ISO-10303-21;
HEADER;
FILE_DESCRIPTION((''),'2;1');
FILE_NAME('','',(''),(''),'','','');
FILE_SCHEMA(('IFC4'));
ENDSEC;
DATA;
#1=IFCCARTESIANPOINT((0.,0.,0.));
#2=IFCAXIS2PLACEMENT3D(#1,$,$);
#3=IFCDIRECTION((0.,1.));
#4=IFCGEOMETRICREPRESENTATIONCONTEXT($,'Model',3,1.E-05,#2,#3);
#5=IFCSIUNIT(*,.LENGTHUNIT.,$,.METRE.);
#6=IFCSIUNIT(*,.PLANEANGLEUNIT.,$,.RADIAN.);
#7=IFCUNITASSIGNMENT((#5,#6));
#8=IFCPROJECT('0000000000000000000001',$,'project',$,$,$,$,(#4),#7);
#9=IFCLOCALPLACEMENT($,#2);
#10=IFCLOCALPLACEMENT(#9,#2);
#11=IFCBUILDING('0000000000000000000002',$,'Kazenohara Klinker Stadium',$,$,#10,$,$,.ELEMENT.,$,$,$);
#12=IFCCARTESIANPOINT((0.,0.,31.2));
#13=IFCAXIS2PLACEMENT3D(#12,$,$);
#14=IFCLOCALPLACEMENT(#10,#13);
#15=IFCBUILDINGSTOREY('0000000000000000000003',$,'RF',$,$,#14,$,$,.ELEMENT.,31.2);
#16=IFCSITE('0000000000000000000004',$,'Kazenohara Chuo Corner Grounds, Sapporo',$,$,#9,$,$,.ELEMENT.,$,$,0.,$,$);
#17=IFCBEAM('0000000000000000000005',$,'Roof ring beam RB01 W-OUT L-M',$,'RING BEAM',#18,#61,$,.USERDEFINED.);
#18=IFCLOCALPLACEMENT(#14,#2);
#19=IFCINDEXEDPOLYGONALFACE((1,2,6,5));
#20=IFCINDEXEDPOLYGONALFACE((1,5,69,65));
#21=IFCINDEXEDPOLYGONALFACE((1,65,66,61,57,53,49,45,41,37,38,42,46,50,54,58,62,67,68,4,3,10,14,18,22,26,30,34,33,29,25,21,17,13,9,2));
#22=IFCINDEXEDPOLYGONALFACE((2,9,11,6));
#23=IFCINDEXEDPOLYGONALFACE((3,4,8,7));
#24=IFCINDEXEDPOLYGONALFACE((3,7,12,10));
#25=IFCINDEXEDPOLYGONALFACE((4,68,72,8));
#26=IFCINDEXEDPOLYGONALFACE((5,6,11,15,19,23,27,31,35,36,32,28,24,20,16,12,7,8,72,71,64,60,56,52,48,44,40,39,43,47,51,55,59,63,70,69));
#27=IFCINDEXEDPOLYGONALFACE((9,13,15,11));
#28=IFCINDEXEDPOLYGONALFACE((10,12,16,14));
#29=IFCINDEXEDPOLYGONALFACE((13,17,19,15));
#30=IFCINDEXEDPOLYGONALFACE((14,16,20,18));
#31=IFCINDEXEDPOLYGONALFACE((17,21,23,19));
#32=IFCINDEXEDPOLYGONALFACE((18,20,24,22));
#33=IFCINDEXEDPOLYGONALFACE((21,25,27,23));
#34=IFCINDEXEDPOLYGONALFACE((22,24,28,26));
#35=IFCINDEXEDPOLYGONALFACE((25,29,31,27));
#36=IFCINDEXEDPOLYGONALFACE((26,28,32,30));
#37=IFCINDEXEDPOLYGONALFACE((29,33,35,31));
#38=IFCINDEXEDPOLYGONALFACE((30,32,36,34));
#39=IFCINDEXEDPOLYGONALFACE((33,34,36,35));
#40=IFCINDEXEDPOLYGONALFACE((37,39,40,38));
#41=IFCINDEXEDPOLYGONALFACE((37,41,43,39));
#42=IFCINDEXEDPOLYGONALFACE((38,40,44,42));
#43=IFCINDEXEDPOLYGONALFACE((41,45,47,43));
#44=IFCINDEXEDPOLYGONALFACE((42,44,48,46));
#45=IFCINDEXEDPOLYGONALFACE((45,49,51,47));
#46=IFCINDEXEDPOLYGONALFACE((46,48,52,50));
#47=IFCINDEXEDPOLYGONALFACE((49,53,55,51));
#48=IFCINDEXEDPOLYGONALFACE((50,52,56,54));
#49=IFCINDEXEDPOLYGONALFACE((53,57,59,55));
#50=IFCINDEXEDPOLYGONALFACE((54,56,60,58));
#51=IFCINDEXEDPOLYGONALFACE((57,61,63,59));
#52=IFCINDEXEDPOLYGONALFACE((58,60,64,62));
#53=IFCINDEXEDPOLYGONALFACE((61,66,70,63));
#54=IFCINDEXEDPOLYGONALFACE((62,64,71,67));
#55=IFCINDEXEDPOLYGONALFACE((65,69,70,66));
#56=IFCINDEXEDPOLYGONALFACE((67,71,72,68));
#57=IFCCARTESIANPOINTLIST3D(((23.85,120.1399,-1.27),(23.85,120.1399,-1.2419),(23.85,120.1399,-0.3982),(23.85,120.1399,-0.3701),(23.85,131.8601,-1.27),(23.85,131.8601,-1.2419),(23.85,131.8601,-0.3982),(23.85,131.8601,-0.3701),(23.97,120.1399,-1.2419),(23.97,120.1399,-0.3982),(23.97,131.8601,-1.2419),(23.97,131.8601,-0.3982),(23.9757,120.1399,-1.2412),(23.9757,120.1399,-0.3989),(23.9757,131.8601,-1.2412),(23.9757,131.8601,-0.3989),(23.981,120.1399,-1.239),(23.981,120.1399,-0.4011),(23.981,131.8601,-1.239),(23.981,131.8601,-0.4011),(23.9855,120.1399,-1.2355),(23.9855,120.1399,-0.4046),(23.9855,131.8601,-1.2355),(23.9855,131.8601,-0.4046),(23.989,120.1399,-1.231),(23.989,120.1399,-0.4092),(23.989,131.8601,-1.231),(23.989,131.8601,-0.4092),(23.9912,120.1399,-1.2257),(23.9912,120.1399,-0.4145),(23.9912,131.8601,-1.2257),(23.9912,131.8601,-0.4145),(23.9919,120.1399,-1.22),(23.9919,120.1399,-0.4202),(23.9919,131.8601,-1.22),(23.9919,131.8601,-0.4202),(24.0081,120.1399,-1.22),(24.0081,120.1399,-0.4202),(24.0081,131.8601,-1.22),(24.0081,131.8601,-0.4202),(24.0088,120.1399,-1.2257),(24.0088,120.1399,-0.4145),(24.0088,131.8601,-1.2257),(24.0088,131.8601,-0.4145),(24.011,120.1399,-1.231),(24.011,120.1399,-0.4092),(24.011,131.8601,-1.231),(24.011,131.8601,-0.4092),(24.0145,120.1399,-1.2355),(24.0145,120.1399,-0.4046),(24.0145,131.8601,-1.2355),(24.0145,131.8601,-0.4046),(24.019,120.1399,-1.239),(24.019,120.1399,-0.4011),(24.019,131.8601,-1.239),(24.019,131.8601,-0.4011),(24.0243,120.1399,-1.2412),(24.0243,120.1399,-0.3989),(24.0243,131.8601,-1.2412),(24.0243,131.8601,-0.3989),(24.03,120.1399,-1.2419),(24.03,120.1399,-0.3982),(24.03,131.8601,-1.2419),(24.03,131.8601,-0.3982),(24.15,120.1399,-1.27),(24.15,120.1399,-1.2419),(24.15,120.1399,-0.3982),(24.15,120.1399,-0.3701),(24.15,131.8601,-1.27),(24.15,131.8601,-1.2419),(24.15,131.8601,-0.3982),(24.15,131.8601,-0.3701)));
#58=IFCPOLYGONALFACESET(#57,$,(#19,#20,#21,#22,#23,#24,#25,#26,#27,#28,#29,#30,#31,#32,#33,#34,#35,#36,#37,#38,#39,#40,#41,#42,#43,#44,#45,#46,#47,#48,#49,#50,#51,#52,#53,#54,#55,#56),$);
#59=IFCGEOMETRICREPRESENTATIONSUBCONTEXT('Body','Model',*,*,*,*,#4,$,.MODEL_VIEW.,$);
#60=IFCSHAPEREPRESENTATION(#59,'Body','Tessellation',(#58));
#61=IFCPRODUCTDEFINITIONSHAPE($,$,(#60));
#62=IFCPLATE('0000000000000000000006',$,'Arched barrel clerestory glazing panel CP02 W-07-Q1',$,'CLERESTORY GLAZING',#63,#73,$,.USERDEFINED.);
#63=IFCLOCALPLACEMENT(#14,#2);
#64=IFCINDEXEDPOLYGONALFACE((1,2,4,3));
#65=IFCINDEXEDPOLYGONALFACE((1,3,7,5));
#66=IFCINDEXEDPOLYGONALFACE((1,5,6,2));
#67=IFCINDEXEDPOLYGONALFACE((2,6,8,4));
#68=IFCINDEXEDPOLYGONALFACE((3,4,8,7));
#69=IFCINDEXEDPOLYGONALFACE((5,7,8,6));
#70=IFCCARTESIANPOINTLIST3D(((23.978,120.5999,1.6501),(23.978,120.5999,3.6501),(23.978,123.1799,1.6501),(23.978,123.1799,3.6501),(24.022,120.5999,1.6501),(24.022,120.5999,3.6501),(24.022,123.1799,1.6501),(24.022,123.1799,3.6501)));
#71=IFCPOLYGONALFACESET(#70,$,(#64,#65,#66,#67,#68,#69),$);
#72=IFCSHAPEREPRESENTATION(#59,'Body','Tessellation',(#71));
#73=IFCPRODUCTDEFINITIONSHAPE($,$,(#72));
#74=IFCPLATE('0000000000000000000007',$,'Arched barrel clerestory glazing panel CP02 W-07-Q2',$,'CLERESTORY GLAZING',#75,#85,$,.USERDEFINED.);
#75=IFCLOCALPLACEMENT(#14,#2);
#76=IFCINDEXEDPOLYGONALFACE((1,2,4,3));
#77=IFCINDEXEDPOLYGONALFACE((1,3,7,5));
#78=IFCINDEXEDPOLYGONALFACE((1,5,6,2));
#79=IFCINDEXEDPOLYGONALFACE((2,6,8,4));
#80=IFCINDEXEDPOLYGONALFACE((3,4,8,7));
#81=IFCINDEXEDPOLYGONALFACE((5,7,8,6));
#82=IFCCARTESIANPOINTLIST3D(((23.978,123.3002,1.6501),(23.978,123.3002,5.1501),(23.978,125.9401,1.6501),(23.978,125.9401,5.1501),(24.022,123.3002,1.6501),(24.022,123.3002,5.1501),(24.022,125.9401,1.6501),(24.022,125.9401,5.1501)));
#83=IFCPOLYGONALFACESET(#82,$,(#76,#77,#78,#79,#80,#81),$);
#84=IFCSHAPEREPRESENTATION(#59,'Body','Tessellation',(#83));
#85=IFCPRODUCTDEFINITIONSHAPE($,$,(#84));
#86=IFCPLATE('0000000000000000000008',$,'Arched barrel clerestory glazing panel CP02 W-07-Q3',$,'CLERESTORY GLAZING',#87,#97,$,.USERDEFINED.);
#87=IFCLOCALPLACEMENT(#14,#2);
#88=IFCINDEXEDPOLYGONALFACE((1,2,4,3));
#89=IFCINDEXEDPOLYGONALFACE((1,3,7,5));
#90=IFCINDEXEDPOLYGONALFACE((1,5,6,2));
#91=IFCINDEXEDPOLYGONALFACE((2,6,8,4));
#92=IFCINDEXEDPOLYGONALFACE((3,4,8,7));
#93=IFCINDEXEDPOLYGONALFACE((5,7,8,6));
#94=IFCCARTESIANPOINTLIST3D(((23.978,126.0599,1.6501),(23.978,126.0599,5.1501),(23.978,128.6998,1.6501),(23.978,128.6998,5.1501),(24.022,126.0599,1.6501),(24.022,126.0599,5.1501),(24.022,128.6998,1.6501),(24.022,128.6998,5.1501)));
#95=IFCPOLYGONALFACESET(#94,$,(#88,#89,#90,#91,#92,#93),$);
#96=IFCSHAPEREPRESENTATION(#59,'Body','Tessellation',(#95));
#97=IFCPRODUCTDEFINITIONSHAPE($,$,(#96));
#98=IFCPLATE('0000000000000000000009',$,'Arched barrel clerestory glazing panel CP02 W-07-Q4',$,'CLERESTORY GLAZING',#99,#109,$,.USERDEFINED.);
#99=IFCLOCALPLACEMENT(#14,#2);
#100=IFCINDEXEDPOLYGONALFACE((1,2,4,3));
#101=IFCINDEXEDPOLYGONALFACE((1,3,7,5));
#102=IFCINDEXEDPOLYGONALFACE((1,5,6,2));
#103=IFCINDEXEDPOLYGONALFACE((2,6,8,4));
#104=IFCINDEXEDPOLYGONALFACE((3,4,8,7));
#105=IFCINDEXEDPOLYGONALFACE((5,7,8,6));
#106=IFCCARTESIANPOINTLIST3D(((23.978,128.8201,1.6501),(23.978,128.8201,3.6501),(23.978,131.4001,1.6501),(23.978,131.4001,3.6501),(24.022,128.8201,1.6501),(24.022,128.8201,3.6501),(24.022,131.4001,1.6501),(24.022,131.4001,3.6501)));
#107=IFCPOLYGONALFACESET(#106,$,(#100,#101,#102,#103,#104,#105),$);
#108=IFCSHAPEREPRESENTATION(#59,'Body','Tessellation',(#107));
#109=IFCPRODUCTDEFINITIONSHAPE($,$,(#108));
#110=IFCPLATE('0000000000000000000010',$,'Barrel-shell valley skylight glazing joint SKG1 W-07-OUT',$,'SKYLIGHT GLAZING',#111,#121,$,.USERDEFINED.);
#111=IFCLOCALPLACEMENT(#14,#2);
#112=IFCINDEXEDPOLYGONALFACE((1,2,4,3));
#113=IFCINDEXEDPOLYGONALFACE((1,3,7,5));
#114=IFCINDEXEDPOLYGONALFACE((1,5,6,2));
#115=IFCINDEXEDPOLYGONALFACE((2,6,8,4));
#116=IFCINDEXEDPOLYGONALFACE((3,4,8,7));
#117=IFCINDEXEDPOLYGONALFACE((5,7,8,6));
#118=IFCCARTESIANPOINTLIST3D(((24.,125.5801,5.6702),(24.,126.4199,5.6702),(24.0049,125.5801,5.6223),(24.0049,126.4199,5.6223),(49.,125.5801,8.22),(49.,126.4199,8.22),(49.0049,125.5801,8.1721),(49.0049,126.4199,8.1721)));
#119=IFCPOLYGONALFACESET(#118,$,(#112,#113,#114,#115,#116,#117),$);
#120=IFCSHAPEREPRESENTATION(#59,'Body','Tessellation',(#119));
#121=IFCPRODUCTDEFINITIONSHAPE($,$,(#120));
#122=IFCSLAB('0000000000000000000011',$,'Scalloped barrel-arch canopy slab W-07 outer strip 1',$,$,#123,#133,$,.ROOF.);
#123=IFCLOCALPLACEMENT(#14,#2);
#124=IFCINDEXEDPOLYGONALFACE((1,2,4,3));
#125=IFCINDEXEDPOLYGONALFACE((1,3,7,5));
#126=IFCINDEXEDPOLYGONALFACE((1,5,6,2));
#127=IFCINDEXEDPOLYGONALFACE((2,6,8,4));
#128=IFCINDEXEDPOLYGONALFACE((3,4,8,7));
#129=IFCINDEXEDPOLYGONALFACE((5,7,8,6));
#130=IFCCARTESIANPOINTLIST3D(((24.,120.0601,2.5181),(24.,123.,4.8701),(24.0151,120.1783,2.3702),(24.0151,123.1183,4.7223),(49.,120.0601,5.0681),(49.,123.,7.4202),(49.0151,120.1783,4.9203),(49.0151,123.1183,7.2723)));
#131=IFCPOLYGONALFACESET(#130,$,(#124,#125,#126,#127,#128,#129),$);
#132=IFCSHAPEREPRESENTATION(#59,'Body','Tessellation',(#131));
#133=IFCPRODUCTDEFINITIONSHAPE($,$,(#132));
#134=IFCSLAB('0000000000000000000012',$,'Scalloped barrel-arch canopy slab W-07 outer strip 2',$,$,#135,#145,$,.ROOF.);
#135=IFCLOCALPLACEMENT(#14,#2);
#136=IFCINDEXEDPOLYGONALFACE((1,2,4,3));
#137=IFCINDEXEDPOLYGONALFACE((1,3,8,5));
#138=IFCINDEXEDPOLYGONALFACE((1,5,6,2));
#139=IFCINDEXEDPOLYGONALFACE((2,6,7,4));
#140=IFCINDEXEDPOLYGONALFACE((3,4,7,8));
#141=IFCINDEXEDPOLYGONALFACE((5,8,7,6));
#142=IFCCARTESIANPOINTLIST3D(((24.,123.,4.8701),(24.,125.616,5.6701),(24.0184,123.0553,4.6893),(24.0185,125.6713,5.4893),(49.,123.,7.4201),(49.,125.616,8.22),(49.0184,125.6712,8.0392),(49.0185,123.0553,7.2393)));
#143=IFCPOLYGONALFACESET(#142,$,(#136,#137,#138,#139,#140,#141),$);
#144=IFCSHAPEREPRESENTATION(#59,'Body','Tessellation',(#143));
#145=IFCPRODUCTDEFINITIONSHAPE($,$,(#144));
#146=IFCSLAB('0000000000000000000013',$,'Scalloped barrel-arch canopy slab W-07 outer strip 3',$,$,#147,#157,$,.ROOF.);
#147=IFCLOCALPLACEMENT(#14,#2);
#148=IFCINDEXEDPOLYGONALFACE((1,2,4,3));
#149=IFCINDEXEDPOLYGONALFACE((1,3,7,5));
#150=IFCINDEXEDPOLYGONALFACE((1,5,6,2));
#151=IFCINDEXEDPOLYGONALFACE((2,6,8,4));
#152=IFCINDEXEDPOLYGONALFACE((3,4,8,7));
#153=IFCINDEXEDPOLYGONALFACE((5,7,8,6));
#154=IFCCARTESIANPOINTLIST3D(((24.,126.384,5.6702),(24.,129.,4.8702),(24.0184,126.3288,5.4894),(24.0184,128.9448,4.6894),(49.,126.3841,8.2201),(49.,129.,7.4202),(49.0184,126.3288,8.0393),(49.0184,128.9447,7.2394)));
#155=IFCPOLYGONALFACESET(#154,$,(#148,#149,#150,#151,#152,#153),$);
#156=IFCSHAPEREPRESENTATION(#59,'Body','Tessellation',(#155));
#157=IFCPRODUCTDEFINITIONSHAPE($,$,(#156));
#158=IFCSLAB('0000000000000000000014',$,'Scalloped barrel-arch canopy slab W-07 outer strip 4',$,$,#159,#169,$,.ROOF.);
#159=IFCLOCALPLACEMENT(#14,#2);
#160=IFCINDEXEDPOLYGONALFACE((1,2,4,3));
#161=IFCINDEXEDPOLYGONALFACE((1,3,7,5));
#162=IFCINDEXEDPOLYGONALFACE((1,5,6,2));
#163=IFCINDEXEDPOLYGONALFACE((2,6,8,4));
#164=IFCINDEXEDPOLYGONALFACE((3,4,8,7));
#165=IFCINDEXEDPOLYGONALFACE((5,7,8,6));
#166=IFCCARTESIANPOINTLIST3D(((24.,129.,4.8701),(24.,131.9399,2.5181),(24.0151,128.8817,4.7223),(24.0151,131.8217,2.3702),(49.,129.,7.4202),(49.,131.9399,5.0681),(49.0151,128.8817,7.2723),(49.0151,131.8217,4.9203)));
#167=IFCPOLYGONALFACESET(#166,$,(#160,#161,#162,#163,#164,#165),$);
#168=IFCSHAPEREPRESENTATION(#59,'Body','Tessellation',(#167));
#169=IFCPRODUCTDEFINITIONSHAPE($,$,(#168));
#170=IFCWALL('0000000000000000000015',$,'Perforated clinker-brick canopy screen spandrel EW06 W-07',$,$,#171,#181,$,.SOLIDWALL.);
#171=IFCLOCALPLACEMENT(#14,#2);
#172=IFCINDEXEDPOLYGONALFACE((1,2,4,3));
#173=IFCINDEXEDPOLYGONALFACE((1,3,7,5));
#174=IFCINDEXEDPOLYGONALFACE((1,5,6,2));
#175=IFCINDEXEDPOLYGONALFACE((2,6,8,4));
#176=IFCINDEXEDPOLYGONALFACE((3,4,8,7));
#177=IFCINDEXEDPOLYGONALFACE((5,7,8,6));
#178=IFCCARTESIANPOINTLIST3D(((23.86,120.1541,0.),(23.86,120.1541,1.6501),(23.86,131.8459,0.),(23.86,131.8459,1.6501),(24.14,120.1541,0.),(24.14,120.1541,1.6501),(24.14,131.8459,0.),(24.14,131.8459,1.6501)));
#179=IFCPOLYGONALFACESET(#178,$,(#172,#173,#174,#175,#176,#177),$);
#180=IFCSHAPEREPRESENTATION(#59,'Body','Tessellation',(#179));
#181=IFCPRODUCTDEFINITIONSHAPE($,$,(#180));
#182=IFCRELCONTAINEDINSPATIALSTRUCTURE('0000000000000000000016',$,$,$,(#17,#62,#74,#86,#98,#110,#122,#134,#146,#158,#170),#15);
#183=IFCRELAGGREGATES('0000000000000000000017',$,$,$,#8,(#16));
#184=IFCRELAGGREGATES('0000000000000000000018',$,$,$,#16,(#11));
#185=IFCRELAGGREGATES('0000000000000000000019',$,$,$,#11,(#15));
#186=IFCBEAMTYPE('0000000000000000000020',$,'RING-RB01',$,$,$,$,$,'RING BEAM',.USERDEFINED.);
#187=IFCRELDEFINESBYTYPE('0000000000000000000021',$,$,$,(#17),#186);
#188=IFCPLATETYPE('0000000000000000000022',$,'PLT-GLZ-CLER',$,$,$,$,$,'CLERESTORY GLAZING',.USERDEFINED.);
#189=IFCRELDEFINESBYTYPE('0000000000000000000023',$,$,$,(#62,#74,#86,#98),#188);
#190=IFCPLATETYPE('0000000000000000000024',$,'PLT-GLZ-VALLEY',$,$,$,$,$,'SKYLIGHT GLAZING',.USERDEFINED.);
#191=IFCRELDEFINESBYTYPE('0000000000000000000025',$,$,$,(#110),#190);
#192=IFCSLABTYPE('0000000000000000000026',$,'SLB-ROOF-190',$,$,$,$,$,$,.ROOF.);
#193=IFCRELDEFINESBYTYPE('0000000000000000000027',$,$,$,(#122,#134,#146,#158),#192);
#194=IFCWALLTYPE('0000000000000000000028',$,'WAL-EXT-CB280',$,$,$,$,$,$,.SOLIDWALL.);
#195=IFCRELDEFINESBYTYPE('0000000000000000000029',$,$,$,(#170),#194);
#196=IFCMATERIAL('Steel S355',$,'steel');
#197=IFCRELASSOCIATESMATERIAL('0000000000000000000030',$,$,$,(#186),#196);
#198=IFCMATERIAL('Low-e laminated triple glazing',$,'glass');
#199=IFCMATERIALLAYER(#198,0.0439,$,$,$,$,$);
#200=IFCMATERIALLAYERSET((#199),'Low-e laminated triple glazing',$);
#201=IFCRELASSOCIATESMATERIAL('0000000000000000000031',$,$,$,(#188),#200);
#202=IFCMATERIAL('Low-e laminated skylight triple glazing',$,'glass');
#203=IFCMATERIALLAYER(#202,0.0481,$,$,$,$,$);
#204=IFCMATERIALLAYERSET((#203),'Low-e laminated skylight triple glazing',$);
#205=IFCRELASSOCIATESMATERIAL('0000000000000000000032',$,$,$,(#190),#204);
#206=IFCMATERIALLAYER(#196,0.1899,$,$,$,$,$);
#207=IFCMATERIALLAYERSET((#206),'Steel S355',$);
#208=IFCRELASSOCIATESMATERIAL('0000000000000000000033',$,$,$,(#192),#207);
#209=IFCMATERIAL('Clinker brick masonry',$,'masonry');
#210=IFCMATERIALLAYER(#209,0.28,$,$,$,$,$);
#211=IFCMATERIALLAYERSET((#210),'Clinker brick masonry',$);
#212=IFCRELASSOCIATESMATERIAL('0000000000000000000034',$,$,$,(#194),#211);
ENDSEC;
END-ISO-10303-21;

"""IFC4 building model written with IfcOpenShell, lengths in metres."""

from ifc_helpers import new_model, si_unit, direction, frame, frame_2d, origin, origin_2d, place, context, subcontext, project, spatial, polyline, rectangle, i_section, outline, extrude, material, layer, layer_set, material_profile, profile_set, type_object, element, save


model = new_model("IFC4")

# Units and contexts
model_context = context("Model", 3, precision=1e-05, world=origin(), true_north=direction((0.0, 1.0)))
body_context = subcontext(model_context, "Body", "Model", "MODEL_VIEW")
ifc_project = project(units=[si_unit("LENGTHUNIT", "METRE"), si_unit("PLANEANGLEUNIT", "RADIAN")], contexts=[model_context])

# Site, building, storey
site_placement = place(None, origin())
site = spatial("IfcSite", under=ifc_project, at=site_placement, Name="Kazenohara Chuo Corner Grounds, Sapporo", CompositionType="ELEMENT", RefElevation=0.0)
building_placement = place(site_placement, origin())
building = spatial("IfcBuilding", under=site, at=building_placement, Name="Kazenohara Klinker Stadium", CompositionType="ELEMENT")
storey_placement = place(building_placement, frame((0.0, 0.0, 31.2)))
storey = spatial("IfcBuildingStorey", under=building, at=storey_placement, Name="RF", CompositionType="ELEMENT", Elevation=31.2)

# Shared definitions
ifc_material_1 = material(Name="Steel S355", Category="steel")

# Beam
ifc_material_profile_1 = material_profile(ifc_material_1, i_section(OverallWidth=0.3, OverallDepth=0.8999, WebThickness=0.0161, FlangeThickness=0.0281, FilletRadius=0.022, at=origin_2d()), Name="H-900x300x16x28")
ifc_profile_set_1 = profile_set([ifc_material_profile_1], Name="Steel S355")
beam_type = type_object("IfcBeamType", Name="RING-RB01", ElementType="RING BEAM", PredefinedType="USERDEFINED", material=ifc_profile_set_1)
beam_placement = place(storey_placement, frame((24.0, 120.1399, -0.8201), z_axis=(0.0, 1.0, 0.0), x_axis=(-1.0, 0.0, 0.0)))
element("IfcBeam", 1, at=beam_placement, inside=storey, type_object=beam_type, Name="Roof ring beam RB01 W-OUT L-M", ObjectType="RING BEAM", PredefinedType="USERDEFINED", context=body_context, shape_type="SweptSolid", body=[
    extrude(i_section(OverallWidth=0.3, OverallDepth=0.8999, WebThickness=0.0161, FlangeThickness=0.0281, FilletRadius=0.022, at=origin_2d()), origin(), (0.0, 0.0, 1.0), 11.7202),
])

# Plates
ifc_material_2 = material(Name="Low-e laminated triple glazing", Category="glass")
ifc_layer_1 = layer(ifc_material_2, 0.0439)
ifc_layer_set_1 = layer_set([ifc_layer_1], Name="Low-e laminated triple glazing")
plate_type_1 = type_object("IfcPlateType", Name="PLT-GLZ-CLER", ElementType="CLERESTORY GLAZING", PredefinedType="USERDEFINED", material=ifc_layer_set_1)
plate_1_placement = place(storey_placement, frame((24.0, 121.8899, 1.6501), z_axis=(0.0, 0.0, 1.0), x_axis=(1.0, 0.0, 0.0)))
element("IfcPlate", 2, at=plate_1_placement, inside=storey, type_object=plate_type_1, Name="Arched barrel clerestory glazing panel CP02 W-07-Q1", ObjectType="CLERESTORY GLAZING", PredefinedType="USERDEFINED", context=body_context, shape_type="SweptSolid", body=[
    extrude(rectangle(XDim=0.0439, YDim=2.5801, at=origin_2d()), origin(), (0.0, 0.0, 1.0), 2.0),
])
for number, where, z_axis, x_axis, name in (
    (3, (24.0, 124.6201, 1.6501), (0.0, 0.0, 1.0), (1.0, 0.0, 0.0), "Arched barrel clerestory glazing panel CP02 W-07-Q2"),
    (4, (24.0, 127.3799, 1.6501), (0.0, 0.0, 1.0), (1.0, 0.0, 0.0), "Arched barrel clerestory glazing panel CP02 W-07-Q3"),
):
    element("IfcPlate", number, at=place(storey_placement, frame(where, z_axis=z_axis, x_axis=x_axis)), inside=storey, type_object=plate_type_1, Name=name, ObjectType="CLERESTORY GLAZING", PredefinedType="USERDEFINED", context=body_context, shape_type="SweptSolid", body=[
        extrude(rectangle(XDim=0.0439, YDim=2.6399, at=origin_2d()), origin(), (0.0, 0.0, 1.0), 3.5),
    ])
plate_2_placement = place(storey_placement, frame((24.0, 130.1101, 1.6501), z_axis=(0.0, 0.0, 1.0), x_axis=(1.0, 0.0, 0.0)))
element("IfcPlate", 5, at=plate_2_placement, inside=storey, type_object=plate_type_1, Name="Arched barrel clerestory glazing panel CP02 W-07-Q4", ObjectType="CLERESTORY GLAZING", PredefinedType="USERDEFINED", context=body_context, shape_type="SweptSolid", body=[
    extrude(rectangle(XDim=0.0439, YDim=2.5801, at=origin_2d()), origin(), (0.0, 0.0, 1.0), 2.0),
])
ifc_material_3 = material(Name="Low-e laminated skylight triple glazing", Category="glass")
ifc_layer_2 = layer(ifc_material_3, 0.0481)
ifc_layer_set_2 = layer_set([ifc_layer_2], Name="Low-e laminated skylight triple glazing")
plate_type_2 = type_object("IfcPlateType", Name="PLT-GLZ-VALLEY", ElementType="SKYLIGHT GLAZING", PredefinedType="USERDEFINED", material=ifc_layer_set_2)
plate_3_placement = place(storey_placement, frame((24.0, 125.5801, 5.6702), z_axis=(-0.101466, 0.0, 0.994839), x_axis=(0.994839, 0.0, 0.101466)))
element("IfcPlate", 6, at=plate_3_placement, inside=storey, type_object=plate_type_2, Name="Barrel-shell valley skylight glazing joint SKG1 W-07-OUT", ObjectType="SKYLIGHT GLAZING", PredefinedType="USERDEFINED", context=body_context, shape_type="SweptSolid", body=[
    extrude(outline(polyline([(0.0, 0.0), (25.1297, 0.0), (25.1297, 0.8398), (0.0, 0.8398), (0.0, 0.0)])), origin(), (0.0, 0.0, -1.0), 0.0481),
])

# Slabs
ifc_layer_3 = layer(ifc_material_1, 0.1899)
ifc_layer_set_3 = layer_set([ifc_layer_3], Name="Steel S355")
slab_type = type_object("IfcSlabType", Name="SLB-ROOF-190", PredefinedType="ROOF", material=ifc_layer_set_3)
slab_1_placement = place(storey_placement, frame((24.0, 120.0601, 2.5181), z_axis=(-0.079397, -0.622739, 0.778391), x_axis=(0.994838, 0.0, 0.101475)))
element("IfcSlab", 7, at=slab_1_placement, inside=storey, type_object=slab_type, Name="Scalloped barrel-arch canopy slab W-07 outer strip 1", PredefinedType="ROOF", context=body_context, shape_type="SweptSolid", body=[
    extrude(outline(polyline([(0.0, 0.0), (25.1297, 0.0), (25.3684, 3.7575), (0.2387, 3.7575), (0.0, 0.0)])), origin(), (0.0, 0.0, -1.0), 0.1899),
])
slab_2_placement = place(storey_placement, frame((24.0, 123.0, 4.8701), z_axis=(-0.097078, -0.291039, 0.951773), x_axis=(0.994838, 0.000001, 0.101471)))
element("IfcSlab", 8, at=slab_2_placement, inside=storey, type_object=slab_type, Name="Scalloped barrel-arch canopy slab W-07 outer strip 2", PredefinedType="ROOF", context=body_context, shape_type="SweptSolid", body=[
    extrude(outline(polyline([(0.0, 0.0), (25.1297, 0.0), (25.2109, 2.7343), (0.0812, 2.7344), (0.0, 0.0)])), origin(), (0.0, 0.0, -1.0), 0.1899),
])
slab_3_placement = place(storey_placement, frame((24.0, 126.384, 5.6702), z_axis=(-0.097078, 0.291039, 0.951773), x_axis=(0.994839, 0.000001, 0.10147)))
element("IfcSlab", 9, at=slab_3_placement, inside=storey, type_object=slab_type, Name="Scalloped barrel-arch canopy slab W-07 outer strip 3", PredefinedType="ROOF", context=body_context, shape_type="SweptSolid", body=[
    extrude(outline(polyline([(0.0, 0.0), (25.1297, 0.0), (25.0485, 2.7343), (-0.0812, 2.7344), (0.0, 0.0)])), origin(), (0.0, 0.0, -1.0), 0.1899),
])
slab_4_placement = place(storey_placement, frame((24.0, 129.0, 4.8701), z_axis=(-0.079397, 0.622739, 0.778391), x_axis=(0.994838, 0.0, 0.101475)))
element("IfcSlab", 10, at=slab_4_placement, inside=storey, type_object=slab_type, Name="Scalloped barrel-arch canopy slab W-07 outer strip 4", PredefinedType="ROOF", context=body_context, shape_type="SweptSolid", body=[
    extrude(outline(polyline([(0.0, 0.0), (25.1297, 0.0), (24.891, 3.7575), (-0.2387, 3.7575), (0.0, 0.0)])), origin(), (0.0, 0.0, -1.0), 0.1899),
])

# Wall
ifc_material_4 = material(Name="Clinker brick masonry", Category="masonry")
ifc_layer_4 = layer(ifc_material_4, 0.28)
ifc_layer_set_4 = layer_set([ifc_layer_4], Name="Clinker brick masonry")
wall_type = type_object("IfcWallType", Name="WAL-EXT-CB280", PredefinedType="SOLIDWALL", material=ifc_layer_set_4)
wall_placement = place(storey_placement, frame((24.0, 120.1541, 0.0), z_axis=(0.0, 0.0, 1.0), x_axis=(0.0, 1.0, 0.0)))
element("IfcWall", 11, at=wall_placement, inside=storey, type_object=wall_type, Name="Perforated clinker-brick canopy screen spandrel EW06 W-07", PredefinedType="SOLIDWALL", context=body_context, shape_type="SweptSolid", body=[
    extrude(rectangle(XDim=11.6919, YDim=0.28, at=frame_2d((5.8459, 0.0))), origin(), (0.0, 0.0, 1.0), 1.6501),
])

save(model, "model.ifc")
